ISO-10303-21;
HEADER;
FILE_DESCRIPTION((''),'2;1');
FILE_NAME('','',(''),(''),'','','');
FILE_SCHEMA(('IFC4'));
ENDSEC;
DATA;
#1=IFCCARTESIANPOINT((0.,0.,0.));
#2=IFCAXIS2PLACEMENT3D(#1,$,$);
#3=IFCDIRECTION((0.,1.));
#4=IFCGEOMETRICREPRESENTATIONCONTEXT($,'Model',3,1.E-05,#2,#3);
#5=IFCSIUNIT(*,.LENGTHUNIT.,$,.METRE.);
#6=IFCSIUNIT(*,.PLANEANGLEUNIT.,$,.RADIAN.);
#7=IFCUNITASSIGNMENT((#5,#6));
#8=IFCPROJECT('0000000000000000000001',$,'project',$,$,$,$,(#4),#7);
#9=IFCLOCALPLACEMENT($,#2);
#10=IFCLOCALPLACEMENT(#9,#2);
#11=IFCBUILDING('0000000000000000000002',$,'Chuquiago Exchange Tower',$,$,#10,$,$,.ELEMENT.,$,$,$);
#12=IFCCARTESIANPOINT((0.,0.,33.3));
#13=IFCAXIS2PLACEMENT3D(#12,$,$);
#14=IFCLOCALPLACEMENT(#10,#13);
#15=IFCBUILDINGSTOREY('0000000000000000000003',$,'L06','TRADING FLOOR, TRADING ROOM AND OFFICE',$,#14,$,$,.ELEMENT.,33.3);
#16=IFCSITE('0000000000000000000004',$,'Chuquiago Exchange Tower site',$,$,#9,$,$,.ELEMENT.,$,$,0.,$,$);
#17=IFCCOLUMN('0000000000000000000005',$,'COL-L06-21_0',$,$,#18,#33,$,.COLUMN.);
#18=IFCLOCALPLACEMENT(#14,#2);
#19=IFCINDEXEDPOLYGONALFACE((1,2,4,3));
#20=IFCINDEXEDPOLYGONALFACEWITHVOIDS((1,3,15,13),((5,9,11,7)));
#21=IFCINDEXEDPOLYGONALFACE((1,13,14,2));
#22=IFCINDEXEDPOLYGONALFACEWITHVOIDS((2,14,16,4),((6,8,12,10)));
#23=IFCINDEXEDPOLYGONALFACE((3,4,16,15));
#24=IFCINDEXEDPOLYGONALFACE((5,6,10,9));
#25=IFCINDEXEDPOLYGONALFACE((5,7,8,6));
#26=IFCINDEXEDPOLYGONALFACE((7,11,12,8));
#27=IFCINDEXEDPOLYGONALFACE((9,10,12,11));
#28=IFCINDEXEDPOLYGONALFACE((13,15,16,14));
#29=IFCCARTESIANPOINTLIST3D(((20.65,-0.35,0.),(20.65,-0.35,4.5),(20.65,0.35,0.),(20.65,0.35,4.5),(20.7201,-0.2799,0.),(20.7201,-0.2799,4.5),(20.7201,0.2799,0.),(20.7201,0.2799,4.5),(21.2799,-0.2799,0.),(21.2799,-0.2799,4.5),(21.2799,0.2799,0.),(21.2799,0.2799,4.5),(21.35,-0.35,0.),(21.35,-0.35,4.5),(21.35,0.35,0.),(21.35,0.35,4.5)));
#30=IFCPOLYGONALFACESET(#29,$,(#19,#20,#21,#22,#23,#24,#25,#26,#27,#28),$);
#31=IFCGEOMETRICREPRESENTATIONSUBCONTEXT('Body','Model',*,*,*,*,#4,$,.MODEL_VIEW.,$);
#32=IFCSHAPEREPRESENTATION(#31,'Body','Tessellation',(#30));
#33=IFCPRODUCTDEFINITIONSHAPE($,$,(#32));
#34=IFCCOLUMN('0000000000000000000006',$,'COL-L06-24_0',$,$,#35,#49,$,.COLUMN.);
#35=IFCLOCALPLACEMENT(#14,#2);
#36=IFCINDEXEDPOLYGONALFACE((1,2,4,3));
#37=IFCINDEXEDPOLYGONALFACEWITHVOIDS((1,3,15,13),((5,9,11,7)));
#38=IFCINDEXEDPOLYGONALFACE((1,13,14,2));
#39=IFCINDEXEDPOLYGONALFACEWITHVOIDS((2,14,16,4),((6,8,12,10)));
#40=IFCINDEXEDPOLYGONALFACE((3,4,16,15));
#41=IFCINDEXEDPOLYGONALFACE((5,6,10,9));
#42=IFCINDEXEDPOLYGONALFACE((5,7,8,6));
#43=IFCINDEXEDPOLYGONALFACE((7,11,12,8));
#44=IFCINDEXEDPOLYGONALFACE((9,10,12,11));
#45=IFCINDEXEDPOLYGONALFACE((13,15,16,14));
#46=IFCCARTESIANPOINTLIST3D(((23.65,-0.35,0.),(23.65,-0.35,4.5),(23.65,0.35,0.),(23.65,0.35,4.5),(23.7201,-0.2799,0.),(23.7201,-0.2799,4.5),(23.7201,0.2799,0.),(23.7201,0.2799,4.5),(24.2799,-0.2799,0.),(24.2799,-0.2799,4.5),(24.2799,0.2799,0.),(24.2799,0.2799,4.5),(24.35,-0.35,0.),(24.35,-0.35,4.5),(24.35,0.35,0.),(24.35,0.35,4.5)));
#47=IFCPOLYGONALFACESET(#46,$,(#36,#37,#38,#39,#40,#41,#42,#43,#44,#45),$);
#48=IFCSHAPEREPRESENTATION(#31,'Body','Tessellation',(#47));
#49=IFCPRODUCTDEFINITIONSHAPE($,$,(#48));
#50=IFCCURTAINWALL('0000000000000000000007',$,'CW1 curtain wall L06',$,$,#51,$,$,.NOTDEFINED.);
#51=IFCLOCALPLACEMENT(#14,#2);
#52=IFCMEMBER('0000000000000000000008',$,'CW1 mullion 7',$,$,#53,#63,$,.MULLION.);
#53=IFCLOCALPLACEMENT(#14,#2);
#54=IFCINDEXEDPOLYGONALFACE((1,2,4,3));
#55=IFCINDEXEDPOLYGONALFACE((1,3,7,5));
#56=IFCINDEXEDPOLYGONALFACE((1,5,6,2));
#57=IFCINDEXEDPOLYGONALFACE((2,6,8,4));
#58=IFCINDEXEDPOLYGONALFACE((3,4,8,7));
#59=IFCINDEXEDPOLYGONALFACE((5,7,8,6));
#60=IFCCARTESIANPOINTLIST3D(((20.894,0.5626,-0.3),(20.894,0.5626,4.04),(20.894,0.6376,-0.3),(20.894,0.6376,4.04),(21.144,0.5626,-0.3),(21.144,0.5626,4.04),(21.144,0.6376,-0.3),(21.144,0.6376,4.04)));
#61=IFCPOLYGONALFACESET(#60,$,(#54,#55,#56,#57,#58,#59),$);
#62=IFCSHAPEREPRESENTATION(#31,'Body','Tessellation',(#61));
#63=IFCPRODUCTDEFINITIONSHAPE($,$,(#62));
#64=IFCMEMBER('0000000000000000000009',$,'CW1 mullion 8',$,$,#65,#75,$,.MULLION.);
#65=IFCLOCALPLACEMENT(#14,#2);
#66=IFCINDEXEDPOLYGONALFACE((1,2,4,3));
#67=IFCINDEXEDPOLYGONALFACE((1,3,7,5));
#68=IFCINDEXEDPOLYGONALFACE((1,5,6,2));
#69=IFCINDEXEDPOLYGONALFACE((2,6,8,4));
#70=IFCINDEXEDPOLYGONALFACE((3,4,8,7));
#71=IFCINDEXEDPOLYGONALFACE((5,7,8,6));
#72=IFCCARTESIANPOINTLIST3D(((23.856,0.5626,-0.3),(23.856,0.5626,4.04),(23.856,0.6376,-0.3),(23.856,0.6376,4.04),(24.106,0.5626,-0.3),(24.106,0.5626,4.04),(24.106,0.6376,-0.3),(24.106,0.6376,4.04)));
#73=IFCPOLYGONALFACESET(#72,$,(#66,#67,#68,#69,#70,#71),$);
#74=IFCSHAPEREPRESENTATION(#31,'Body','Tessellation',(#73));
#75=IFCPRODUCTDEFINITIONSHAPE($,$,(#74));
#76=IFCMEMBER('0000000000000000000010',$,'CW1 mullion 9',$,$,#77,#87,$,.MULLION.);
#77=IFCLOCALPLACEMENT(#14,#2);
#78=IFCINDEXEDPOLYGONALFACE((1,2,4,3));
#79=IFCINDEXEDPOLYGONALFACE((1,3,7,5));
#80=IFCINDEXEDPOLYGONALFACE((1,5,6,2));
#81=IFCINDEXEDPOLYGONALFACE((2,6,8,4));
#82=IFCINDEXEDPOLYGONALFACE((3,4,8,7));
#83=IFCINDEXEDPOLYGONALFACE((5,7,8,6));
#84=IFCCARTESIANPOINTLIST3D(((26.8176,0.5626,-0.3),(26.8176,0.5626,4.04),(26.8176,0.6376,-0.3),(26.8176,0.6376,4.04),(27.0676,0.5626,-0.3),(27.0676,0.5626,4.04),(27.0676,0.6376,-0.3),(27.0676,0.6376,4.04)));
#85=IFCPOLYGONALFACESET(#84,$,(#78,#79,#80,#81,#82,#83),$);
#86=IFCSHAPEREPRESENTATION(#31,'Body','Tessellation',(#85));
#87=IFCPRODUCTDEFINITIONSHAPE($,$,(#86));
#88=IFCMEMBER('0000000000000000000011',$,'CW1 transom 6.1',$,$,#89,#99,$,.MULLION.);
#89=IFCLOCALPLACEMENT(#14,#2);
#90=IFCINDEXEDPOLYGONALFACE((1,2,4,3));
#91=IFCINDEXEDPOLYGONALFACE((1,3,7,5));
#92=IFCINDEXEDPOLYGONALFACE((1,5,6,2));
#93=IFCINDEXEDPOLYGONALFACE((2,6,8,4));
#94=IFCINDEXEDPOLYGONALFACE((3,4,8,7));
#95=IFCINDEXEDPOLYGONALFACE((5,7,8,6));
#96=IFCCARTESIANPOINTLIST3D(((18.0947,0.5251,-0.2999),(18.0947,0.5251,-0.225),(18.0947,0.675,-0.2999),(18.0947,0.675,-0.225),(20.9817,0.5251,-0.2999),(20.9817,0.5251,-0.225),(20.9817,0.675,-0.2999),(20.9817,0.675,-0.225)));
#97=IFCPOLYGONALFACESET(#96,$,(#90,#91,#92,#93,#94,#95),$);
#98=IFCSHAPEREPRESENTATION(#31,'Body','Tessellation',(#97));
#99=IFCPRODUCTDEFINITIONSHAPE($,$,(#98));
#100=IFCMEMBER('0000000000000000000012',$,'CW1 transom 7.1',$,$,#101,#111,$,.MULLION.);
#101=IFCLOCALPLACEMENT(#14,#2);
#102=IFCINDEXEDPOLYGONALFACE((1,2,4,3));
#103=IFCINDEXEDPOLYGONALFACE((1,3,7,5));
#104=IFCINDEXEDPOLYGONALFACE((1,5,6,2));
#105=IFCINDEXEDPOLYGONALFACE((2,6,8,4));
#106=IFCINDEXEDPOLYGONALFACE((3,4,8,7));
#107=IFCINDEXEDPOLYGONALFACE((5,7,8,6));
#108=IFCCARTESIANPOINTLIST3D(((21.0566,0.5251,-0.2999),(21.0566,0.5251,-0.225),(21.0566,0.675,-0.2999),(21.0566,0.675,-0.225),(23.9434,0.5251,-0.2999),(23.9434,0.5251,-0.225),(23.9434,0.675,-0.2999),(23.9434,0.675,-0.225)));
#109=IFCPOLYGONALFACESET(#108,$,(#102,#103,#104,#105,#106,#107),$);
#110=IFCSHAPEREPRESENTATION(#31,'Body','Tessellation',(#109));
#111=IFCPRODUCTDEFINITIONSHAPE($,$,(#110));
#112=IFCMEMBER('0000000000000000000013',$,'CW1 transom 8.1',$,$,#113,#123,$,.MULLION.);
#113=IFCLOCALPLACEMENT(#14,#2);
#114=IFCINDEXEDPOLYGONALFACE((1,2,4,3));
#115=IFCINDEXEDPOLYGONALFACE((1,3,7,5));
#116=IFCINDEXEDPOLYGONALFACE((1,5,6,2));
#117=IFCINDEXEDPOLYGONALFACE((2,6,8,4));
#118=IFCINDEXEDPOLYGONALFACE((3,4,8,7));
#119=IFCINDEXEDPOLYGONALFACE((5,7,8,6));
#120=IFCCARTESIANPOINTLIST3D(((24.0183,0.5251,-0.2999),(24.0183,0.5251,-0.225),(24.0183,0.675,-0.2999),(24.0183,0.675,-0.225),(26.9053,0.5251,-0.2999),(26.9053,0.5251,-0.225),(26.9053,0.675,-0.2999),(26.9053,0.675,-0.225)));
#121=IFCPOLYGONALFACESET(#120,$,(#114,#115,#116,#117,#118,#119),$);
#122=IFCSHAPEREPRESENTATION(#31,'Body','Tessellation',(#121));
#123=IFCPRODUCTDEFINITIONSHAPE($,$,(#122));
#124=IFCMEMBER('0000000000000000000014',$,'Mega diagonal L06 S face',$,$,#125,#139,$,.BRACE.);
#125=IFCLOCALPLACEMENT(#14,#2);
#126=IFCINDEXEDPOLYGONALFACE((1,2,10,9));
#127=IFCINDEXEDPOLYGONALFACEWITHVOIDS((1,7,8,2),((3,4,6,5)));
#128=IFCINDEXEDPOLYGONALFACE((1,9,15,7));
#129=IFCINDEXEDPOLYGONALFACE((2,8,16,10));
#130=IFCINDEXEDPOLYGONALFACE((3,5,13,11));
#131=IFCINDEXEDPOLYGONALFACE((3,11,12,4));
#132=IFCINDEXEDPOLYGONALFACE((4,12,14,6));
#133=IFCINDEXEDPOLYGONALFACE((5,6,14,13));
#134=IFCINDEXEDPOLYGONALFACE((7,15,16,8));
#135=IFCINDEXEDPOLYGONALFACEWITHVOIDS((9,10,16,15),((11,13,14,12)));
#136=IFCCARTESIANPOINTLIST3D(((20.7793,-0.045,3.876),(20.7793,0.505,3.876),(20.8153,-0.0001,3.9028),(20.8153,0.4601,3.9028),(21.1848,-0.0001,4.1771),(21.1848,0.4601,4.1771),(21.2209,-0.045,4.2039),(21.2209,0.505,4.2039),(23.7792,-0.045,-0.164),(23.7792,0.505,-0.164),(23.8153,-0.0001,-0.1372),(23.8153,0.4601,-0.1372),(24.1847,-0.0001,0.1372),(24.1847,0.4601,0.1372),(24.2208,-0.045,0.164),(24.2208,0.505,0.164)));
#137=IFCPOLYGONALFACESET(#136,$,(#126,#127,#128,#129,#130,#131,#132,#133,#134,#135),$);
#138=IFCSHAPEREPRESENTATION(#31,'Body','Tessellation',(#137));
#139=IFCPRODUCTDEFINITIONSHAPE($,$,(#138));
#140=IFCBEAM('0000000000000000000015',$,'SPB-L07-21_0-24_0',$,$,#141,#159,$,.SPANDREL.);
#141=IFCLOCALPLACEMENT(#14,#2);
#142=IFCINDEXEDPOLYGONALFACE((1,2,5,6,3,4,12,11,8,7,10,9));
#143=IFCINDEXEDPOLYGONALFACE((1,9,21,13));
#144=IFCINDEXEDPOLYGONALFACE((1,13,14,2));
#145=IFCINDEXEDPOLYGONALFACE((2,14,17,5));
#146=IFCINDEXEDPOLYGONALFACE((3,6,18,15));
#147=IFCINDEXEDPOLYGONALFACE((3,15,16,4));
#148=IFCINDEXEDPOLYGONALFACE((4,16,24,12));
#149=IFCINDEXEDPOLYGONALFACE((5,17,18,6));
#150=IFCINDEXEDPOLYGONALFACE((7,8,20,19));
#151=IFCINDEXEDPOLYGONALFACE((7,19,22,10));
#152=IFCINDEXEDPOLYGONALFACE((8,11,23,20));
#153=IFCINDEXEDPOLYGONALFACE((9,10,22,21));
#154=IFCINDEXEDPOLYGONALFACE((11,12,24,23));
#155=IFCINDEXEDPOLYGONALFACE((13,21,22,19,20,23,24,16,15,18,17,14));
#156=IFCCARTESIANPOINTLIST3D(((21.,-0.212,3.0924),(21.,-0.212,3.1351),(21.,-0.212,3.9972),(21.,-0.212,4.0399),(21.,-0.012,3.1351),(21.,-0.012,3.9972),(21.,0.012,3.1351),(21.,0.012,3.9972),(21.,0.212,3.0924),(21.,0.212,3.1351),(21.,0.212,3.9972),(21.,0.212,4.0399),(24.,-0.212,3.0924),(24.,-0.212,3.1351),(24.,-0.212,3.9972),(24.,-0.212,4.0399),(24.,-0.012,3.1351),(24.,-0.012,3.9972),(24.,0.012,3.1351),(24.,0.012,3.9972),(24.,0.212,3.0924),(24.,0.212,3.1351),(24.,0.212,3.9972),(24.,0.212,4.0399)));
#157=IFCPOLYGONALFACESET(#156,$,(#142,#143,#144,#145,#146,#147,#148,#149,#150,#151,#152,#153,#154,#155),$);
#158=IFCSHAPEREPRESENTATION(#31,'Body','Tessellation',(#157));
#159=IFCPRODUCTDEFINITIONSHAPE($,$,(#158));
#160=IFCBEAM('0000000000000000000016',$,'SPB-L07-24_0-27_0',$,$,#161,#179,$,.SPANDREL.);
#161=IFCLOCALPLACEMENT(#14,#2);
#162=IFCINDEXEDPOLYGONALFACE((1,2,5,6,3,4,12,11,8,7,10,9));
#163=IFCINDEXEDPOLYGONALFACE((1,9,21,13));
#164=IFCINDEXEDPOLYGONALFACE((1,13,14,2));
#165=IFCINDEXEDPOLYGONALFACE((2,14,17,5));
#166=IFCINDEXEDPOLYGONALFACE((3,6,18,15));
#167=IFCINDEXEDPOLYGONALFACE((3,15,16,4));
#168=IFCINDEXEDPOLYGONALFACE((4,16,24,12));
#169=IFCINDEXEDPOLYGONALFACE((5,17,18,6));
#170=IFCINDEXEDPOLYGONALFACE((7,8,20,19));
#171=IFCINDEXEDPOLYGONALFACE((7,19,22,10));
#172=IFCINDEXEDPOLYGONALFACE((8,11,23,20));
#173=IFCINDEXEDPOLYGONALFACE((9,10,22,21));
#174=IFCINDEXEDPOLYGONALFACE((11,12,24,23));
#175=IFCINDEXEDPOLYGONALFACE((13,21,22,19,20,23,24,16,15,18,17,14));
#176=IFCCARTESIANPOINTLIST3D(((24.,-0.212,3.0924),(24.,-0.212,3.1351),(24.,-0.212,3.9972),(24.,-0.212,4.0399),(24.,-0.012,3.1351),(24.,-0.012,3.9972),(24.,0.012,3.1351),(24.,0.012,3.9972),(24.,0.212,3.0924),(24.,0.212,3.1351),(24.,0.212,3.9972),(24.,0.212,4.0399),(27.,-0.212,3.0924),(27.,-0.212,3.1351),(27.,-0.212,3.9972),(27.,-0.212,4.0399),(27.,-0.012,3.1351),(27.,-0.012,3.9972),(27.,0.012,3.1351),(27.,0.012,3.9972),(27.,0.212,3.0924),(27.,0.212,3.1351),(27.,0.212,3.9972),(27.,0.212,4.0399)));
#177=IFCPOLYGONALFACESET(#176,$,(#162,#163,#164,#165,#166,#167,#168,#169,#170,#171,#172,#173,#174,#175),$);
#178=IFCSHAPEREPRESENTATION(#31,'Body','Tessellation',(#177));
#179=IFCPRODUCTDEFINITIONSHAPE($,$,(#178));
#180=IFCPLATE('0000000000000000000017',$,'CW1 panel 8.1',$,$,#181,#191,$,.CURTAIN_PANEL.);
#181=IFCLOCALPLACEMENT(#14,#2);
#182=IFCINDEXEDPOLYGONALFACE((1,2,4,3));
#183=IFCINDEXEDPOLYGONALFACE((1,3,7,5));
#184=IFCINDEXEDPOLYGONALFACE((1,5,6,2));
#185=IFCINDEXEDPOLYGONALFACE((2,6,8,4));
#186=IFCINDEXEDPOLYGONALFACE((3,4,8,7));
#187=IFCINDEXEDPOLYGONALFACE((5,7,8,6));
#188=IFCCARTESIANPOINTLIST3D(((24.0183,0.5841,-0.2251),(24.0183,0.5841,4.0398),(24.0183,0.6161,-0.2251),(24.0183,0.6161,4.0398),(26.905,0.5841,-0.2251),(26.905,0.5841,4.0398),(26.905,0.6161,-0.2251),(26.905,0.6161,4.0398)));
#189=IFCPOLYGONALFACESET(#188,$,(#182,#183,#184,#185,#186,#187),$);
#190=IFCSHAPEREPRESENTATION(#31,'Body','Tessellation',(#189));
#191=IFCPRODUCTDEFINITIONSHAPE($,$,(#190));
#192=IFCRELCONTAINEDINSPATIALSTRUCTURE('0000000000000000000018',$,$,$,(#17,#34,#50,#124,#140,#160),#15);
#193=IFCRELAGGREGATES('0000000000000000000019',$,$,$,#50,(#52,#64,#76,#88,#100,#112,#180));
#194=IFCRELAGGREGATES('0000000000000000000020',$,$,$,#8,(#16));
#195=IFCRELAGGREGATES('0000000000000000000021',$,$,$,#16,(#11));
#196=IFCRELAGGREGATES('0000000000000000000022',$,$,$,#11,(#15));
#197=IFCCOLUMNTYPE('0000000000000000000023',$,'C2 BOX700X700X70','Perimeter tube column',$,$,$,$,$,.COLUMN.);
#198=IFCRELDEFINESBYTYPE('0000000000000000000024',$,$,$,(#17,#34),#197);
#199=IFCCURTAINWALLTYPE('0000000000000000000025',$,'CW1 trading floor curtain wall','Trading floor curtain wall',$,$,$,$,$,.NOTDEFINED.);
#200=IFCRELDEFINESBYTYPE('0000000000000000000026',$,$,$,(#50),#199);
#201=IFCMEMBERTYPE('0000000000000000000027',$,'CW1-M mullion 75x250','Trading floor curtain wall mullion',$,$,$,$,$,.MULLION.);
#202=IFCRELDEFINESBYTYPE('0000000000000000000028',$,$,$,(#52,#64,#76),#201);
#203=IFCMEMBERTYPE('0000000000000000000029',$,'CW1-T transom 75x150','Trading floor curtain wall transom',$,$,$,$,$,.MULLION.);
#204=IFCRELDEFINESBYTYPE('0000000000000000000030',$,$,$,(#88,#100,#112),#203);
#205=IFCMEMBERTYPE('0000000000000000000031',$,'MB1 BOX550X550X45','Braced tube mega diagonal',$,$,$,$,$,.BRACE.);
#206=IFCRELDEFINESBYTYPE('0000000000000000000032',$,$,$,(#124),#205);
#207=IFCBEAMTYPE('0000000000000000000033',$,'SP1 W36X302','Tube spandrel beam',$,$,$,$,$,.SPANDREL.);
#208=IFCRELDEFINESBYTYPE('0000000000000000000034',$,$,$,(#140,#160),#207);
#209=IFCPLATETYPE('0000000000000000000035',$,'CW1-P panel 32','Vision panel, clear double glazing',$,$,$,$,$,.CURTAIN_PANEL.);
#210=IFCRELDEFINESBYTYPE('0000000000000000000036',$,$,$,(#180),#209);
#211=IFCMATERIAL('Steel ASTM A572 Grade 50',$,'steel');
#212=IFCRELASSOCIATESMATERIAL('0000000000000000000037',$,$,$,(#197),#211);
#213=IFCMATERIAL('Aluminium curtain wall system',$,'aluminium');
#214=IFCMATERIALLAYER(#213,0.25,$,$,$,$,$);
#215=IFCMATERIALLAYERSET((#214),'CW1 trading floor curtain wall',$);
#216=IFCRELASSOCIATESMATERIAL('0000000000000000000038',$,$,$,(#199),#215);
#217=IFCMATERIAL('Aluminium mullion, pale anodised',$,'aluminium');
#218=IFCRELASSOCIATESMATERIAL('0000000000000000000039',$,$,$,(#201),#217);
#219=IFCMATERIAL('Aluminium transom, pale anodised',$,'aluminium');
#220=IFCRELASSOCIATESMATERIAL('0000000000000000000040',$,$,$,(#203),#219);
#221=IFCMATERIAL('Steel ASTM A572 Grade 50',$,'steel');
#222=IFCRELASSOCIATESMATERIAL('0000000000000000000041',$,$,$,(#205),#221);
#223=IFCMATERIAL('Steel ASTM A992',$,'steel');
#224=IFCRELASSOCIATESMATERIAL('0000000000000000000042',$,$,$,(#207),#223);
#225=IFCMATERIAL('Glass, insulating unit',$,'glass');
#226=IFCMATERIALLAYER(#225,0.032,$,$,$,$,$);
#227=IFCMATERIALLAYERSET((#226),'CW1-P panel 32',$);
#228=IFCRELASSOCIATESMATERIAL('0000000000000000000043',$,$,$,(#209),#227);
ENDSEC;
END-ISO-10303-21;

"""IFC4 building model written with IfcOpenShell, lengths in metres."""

from ifc_helpers import new_model, si_unit, direction, frame, origin, origin_2d, place, context, subcontext, project, spatial, rectangle, hollow_rectangle, i_section, extrude, material, layer, layer_set, material_profile, profile_set, type_object, element, aggregate, save


model = new_model("IFC4")

# Units and contexts
model_context = context("Model", 3, precision=1e-05, world=origin(), true_north=direction((0.0, 1.0)))
body_context = subcontext(model_context, "Body", "Model", "MODEL_VIEW")
ifc_project = project(units=[si_unit("LENGTHUNIT", "METRE"), si_unit("PLANEANGLEUNIT", "RADIAN")], contexts=[model_context])

# Site, building, storey
site_placement = place(None, origin())
site = spatial("IfcSite", under=ifc_project, at=site_placement, Name="Chuquiago Exchange Tower site", CompositionType="ELEMENT", RefElevation=0.0)
building_placement = place(site_placement, origin())
building = spatial("IfcBuilding", under=site, at=building_placement, Name="Chuquiago Exchange Tower", CompositionType="ELEMENT")
storey_placement = place(building_placement, frame((0.0, 0.0, 33.3)))
storey = spatial("IfcBuildingStorey", under=building, at=storey_placement, Name="L06", Description="TRADING FLOOR, TRADING ROOM AND OFFICE", CompositionType="ELEMENT", Elevation=33.3)

# Columns
ifc_material_1 = material(Name="Steel ASTM A572 Grade 50", Category="steel")
ifc_material_profile_1 = material_profile(ifc_material_1, hollow_rectangle(XDim=0.7, YDim=0.7, WallThickness=0.0701, at=origin_2d()), Name="BOX700X700X70")
ifc_profile_set_1 = profile_set([ifc_material_profile_1], Name="Steel ASTM A572 Grade 50")
column_type = type_object("IfcColumnType", Name="C2 BOX700X700X70", Description="Perimeter tube column", PredefinedType="COLUMN", material=ifc_profile_set_1)
for number, where, z_axis, x_axis, name in (
    (1, (21.0, 0.0, 0.0), (0.0, 0.0, 1.0), (0.0, -1.0, 0.0), "COL-L06-21_0"),
    (2, (24.0, 0.0, 0.0), (0.0, 0.0, 1.0), (0.0, -1.0, 0.0), "COL-L06-24_0"),
):
    element("IfcColumn", number, at=place(storey_placement, frame(where, z_axis=z_axis, x_axis=x_axis)), inside=storey, type_object=column_type, Name=name, PredefinedType="COLUMN", context=body_context, shape_type="SweptSolid", body=[
        extrude(hollow_rectangle(XDim=0.7, YDim=0.7, WallThickness=0.0701, at=origin_2d()), origin(), (0.0, 0.0, 1.0), 4.5),
    ])

# Curtain wall, members
ifc_material_2 = material(Name="Aluminium curtain wall system", Category="aluminium")
ifc_layer_1 = layer(ifc_material_2, 0.25)
ifc_layer_set_1 = layer_set([ifc_layer_1], Name="CW1 trading floor curtain wall")
curtain_wall_type = type_object("IfcCurtainWallType", Name="CW1 trading floor curtain wall", Description="Trading floor curtain wall", PredefinedType="NOTDEFINED", material=ifc_layer_set_1)
curtain_wall_placement = place(storey_placement, origin())
curtain_wall = element("IfcCurtainWall", 3, at=curtain_wall_placement, inside=storey, type_object=curtain_wall_type, Name="CW1 curtain wall L06", PredefinedType="NOTDEFINED")
ifc_material_3 = material(Name="Aluminium mullion, pale anodised", Category="aluminium")
ifc_material_profile_2 = material_profile(ifc_material_3, rectangle(XDim=0.075, YDim=0.25, at=origin_2d()), Name="AL 75x250")
ifc_profile_set_2 = profile_set([ifc_material_profile_2], Name="Aluminium mullion, pale anodised")
member_type_1 = type_object("IfcMemberType", Name="CW1-M mullion 75x250", Description="Trading floor curtain wall mullion", PredefinedType="MULLION", material=ifc_profile_set_2)
member_1_placement = place(storey_placement, frame((21.019, 0.6001, -0.3), z_axis=(0.0, 0.0, 1.0), x_axis=(0.0, 1.0, 0.0)))
member_1 = element("IfcMember", 4, at=member_1_placement, type_object=member_type_1, Name="CW1 mullion 7", PredefinedType="MULLION", context=body_context, shape_type="SweptSolid", body=[
    extrude(rectangle(XDim=0.075, YDim=0.25, at=origin_2d()), origin(), (0.0, 0.0, 1.0), 4.3401),
])
member_2_placement = place(storey_placement, frame((23.981, 0.6001, -0.3), z_axis=(0.0, 0.0, 1.0), x_axis=(0.0, 1.0, 0.0)))
member_2 = element("IfcMember", 5, at=member_2_placement, type_object=member_type_1, Name="CW1 mullion 8", PredefinedType="MULLION", context=body_context, shape_type="SweptSolid", body=[
    extrude(rectangle(XDim=0.075, YDim=0.25, at=origin_2d()), origin(), (0.0, 0.0, 1.0), 4.3401),
])
member_3_placement = place(storey_placement, frame((26.9426, 0.6001, -0.3), z_axis=(0.0, 0.0, 1.0), x_axis=(0.0, 1.0, 0.0)))
member_3 = element("IfcMember", 6, at=member_3_placement, type_object=member_type_1, Name="CW1 mullion 9", PredefinedType="MULLION", context=body_context, shape_type="SweptSolid", body=[
    extrude(rectangle(XDim=0.075, YDim=0.25, at=origin_2d()), origin(), (0.0, 0.0, 1.0), 4.3401),
])
ifc_material_4 = material(Name="Aluminium transom, pale anodised", Category="aluminium")
ifc_material_profile_3 = material_profile(ifc_material_4, rectangle(XDim=0.1499, YDim=0.075, at=origin_2d()), Name="AL 150x75")
ifc_profile_set_3 = profile_set([ifc_material_profile_3], Name="Aluminium transom, pale anodised")
member_type_2 = type_object("IfcMemberType", Name="CW1-T transom 75x150", Description="Trading floor curtain wall transom", PredefinedType="MULLION", material=ifc_profile_set_3)
member_4_placement = place(storey_placement, frame((18.0947, 0.6001, -0.2625), z_axis=(1.0, 0.0, 0.0), x_axis=(0.0, 1.0, 0.0)))
member_4 = element("IfcMember", 7, at=member_4_placement, type_object=member_type_2, Name="CW1 transom 6.1", PredefinedType="MULLION", context=body_context, shape_type="SweptSolid", body=[
    extrude(rectangle(XDim=0.1499, YDim=0.075, at=origin_2d()), origin(), (0.0, 0.0, 1.0), 2.887),
])
member_5_placement = place(storey_placement, frame((21.0566, 0.6001, -0.2625), z_axis=(1.0, 0.0, 0.0), x_axis=(0.0, 1.0, 0.0)))
member_5 = element("IfcMember", 8, at=member_5_placement, type_object=member_type_2, Name="CW1 transom 7.1", PredefinedType="MULLION", context=body_context, shape_type="SweptSolid", body=[
    extrude(rectangle(XDim=0.1499, YDim=0.075, at=origin_2d()), origin(), (0.0, 0.0, 1.0), 2.8867),
])
member_6_placement = place(storey_placement, frame((24.0183, 0.6001, -0.2625), z_axis=(1.0, 0.0, 0.0), x_axis=(0.0, 1.0, 0.0)))
member_6 = element("IfcMember", 9, at=member_6_placement, type_object=member_type_2, Name="CW1 transom 8.1", PredefinedType="MULLION", context=body_context, shape_type="SweptSolid", body=[
    extrude(rectangle(XDim=0.1499, YDim=0.075, at=origin_2d()), origin(), (0.0, 0.0, 1.0), 2.887),
])

# Member
ifc_material_5 = material(Name="Steel ASTM A572 Grade 50", Category="steel")
ifc_material_profile_4 = material_profile(ifc_material_5, hollow_rectangle(XDim=0.55, YDim=0.55, WallThickness=0.0449, at=origin_2d()), Name="BOX550X550X45")
ifc_profile_set_4 = profile_set([ifc_material_profile_4], Name="Steel ASTM A572 Grade 50")
member_type_3 = type_object("IfcMemberType", Name="MB1 BOX550X550X45", Description="Braced tube mega diagonal", PredefinedType="BRACE", material=ifc_profile_set_4)
member_7_placement = place(storey_placement, frame((24.0, 0.23, 0.0), z_axis=(-0.596174, 0.0, 0.802855), x_axis=(0.0, -1.0, 0.0)))
element("IfcMember", 10, at=member_7_placement, inside=storey, type_object=member_type_3, Name="Mega diagonal L06 S face", PredefinedType="BRACE", context=body_context, shape_type="SweptSolid", body=[
    extrude(hollow_rectangle(XDim=0.55, YDim=0.55, WallThickness=0.0449, at=origin_2d()), origin(), (0.0, 0.0, 1.0), 5.032),
])

# Beams
ifc_material_6 = material(Name="Steel ASTM A992", Category="steel")
ifc_material_profile_5 = material_profile(ifc_material_6, i_section(OverallWidth=0.4241, OverallDepth=0.9475, WebThickness=0.0239, FlangeThickness=0.0427, at=origin_2d()), Name="W36X302")
ifc_profile_set_5 = profile_set([ifc_material_profile_5], Name="Steel ASTM A992")
beam_type = type_object("IfcBeamType", Name="SP1 W36X302", Description="Tube spandrel beam", PredefinedType="SPANDREL", material=ifc_profile_set_5)
for number, where, z_axis, x_axis, name in (
    (11, (21.0, 0.0, 3.5662), (1.0, 0.0, 0.0), (0.0, 1.0, 0.0), "SPB-L07-21_0-24_0"),
    (12, (24.0, 0.0, 3.5662), (1.0, 0.0, 0.0), (0.0, 1.0, 0.0), "SPB-L07-24_0-27_0"),
):
    element("IfcBeam", number, at=place(storey_placement, frame(where, z_axis=z_axis, x_axis=x_axis)), inside=storey, type_object=beam_type, Name=name, PredefinedType="SPANDREL", context=body_context, shape_type="SweptSolid", body=[
        extrude(i_section(OverallWidth=0.4241, OverallDepth=0.9475, WebThickness=0.0239, FlangeThickness=0.0427, at=origin_2d()), origin(), (0.0, 0.0, 1.0), 3.0),
    ])

# Plate
ifc_material_7 = material(Name="Glass, insulating unit", Category="glass")
ifc_layer_2 = layer(ifc_material_7, 0.032)
ifc_layer_set_2 = layer_set([ifc_layer_2], Name="CW1-P panel 32")
plate_type_1 = type_object("IfcPlateType", Name="CW1-P panel 32", Description="Vision panel, clear double glazing", PredefinedType="CURTAIN_PANEL", material=ifc_layer_set_2)
plate_1_placement = place(storey_placement, frame((25.4617, 0.6001, -0.2251), z_axis=(0.0, 0.0, 1.0), x_axis=(1.0, 0.0, 0.0)))
plate_1 = element("IfcPlate", 13, at=plate_1_placement, type_object=plate_type_1, Name="CW1 panel 8.1", PredefinedType="CURTAIN_PANEL", context=body_context, shape_type="SweptSolid", body=[
    extrude(rectangle(XDim=2.8867, YDim=0.032, at=origin_2d()), origin(), (0.0, 0.0, 1.0), 4.2649),
])
aggregate(curtain_wall, [member_1, member_2, member_3, member_4, member_5, member_6, plate_1])

save(model, "model.ifc")
